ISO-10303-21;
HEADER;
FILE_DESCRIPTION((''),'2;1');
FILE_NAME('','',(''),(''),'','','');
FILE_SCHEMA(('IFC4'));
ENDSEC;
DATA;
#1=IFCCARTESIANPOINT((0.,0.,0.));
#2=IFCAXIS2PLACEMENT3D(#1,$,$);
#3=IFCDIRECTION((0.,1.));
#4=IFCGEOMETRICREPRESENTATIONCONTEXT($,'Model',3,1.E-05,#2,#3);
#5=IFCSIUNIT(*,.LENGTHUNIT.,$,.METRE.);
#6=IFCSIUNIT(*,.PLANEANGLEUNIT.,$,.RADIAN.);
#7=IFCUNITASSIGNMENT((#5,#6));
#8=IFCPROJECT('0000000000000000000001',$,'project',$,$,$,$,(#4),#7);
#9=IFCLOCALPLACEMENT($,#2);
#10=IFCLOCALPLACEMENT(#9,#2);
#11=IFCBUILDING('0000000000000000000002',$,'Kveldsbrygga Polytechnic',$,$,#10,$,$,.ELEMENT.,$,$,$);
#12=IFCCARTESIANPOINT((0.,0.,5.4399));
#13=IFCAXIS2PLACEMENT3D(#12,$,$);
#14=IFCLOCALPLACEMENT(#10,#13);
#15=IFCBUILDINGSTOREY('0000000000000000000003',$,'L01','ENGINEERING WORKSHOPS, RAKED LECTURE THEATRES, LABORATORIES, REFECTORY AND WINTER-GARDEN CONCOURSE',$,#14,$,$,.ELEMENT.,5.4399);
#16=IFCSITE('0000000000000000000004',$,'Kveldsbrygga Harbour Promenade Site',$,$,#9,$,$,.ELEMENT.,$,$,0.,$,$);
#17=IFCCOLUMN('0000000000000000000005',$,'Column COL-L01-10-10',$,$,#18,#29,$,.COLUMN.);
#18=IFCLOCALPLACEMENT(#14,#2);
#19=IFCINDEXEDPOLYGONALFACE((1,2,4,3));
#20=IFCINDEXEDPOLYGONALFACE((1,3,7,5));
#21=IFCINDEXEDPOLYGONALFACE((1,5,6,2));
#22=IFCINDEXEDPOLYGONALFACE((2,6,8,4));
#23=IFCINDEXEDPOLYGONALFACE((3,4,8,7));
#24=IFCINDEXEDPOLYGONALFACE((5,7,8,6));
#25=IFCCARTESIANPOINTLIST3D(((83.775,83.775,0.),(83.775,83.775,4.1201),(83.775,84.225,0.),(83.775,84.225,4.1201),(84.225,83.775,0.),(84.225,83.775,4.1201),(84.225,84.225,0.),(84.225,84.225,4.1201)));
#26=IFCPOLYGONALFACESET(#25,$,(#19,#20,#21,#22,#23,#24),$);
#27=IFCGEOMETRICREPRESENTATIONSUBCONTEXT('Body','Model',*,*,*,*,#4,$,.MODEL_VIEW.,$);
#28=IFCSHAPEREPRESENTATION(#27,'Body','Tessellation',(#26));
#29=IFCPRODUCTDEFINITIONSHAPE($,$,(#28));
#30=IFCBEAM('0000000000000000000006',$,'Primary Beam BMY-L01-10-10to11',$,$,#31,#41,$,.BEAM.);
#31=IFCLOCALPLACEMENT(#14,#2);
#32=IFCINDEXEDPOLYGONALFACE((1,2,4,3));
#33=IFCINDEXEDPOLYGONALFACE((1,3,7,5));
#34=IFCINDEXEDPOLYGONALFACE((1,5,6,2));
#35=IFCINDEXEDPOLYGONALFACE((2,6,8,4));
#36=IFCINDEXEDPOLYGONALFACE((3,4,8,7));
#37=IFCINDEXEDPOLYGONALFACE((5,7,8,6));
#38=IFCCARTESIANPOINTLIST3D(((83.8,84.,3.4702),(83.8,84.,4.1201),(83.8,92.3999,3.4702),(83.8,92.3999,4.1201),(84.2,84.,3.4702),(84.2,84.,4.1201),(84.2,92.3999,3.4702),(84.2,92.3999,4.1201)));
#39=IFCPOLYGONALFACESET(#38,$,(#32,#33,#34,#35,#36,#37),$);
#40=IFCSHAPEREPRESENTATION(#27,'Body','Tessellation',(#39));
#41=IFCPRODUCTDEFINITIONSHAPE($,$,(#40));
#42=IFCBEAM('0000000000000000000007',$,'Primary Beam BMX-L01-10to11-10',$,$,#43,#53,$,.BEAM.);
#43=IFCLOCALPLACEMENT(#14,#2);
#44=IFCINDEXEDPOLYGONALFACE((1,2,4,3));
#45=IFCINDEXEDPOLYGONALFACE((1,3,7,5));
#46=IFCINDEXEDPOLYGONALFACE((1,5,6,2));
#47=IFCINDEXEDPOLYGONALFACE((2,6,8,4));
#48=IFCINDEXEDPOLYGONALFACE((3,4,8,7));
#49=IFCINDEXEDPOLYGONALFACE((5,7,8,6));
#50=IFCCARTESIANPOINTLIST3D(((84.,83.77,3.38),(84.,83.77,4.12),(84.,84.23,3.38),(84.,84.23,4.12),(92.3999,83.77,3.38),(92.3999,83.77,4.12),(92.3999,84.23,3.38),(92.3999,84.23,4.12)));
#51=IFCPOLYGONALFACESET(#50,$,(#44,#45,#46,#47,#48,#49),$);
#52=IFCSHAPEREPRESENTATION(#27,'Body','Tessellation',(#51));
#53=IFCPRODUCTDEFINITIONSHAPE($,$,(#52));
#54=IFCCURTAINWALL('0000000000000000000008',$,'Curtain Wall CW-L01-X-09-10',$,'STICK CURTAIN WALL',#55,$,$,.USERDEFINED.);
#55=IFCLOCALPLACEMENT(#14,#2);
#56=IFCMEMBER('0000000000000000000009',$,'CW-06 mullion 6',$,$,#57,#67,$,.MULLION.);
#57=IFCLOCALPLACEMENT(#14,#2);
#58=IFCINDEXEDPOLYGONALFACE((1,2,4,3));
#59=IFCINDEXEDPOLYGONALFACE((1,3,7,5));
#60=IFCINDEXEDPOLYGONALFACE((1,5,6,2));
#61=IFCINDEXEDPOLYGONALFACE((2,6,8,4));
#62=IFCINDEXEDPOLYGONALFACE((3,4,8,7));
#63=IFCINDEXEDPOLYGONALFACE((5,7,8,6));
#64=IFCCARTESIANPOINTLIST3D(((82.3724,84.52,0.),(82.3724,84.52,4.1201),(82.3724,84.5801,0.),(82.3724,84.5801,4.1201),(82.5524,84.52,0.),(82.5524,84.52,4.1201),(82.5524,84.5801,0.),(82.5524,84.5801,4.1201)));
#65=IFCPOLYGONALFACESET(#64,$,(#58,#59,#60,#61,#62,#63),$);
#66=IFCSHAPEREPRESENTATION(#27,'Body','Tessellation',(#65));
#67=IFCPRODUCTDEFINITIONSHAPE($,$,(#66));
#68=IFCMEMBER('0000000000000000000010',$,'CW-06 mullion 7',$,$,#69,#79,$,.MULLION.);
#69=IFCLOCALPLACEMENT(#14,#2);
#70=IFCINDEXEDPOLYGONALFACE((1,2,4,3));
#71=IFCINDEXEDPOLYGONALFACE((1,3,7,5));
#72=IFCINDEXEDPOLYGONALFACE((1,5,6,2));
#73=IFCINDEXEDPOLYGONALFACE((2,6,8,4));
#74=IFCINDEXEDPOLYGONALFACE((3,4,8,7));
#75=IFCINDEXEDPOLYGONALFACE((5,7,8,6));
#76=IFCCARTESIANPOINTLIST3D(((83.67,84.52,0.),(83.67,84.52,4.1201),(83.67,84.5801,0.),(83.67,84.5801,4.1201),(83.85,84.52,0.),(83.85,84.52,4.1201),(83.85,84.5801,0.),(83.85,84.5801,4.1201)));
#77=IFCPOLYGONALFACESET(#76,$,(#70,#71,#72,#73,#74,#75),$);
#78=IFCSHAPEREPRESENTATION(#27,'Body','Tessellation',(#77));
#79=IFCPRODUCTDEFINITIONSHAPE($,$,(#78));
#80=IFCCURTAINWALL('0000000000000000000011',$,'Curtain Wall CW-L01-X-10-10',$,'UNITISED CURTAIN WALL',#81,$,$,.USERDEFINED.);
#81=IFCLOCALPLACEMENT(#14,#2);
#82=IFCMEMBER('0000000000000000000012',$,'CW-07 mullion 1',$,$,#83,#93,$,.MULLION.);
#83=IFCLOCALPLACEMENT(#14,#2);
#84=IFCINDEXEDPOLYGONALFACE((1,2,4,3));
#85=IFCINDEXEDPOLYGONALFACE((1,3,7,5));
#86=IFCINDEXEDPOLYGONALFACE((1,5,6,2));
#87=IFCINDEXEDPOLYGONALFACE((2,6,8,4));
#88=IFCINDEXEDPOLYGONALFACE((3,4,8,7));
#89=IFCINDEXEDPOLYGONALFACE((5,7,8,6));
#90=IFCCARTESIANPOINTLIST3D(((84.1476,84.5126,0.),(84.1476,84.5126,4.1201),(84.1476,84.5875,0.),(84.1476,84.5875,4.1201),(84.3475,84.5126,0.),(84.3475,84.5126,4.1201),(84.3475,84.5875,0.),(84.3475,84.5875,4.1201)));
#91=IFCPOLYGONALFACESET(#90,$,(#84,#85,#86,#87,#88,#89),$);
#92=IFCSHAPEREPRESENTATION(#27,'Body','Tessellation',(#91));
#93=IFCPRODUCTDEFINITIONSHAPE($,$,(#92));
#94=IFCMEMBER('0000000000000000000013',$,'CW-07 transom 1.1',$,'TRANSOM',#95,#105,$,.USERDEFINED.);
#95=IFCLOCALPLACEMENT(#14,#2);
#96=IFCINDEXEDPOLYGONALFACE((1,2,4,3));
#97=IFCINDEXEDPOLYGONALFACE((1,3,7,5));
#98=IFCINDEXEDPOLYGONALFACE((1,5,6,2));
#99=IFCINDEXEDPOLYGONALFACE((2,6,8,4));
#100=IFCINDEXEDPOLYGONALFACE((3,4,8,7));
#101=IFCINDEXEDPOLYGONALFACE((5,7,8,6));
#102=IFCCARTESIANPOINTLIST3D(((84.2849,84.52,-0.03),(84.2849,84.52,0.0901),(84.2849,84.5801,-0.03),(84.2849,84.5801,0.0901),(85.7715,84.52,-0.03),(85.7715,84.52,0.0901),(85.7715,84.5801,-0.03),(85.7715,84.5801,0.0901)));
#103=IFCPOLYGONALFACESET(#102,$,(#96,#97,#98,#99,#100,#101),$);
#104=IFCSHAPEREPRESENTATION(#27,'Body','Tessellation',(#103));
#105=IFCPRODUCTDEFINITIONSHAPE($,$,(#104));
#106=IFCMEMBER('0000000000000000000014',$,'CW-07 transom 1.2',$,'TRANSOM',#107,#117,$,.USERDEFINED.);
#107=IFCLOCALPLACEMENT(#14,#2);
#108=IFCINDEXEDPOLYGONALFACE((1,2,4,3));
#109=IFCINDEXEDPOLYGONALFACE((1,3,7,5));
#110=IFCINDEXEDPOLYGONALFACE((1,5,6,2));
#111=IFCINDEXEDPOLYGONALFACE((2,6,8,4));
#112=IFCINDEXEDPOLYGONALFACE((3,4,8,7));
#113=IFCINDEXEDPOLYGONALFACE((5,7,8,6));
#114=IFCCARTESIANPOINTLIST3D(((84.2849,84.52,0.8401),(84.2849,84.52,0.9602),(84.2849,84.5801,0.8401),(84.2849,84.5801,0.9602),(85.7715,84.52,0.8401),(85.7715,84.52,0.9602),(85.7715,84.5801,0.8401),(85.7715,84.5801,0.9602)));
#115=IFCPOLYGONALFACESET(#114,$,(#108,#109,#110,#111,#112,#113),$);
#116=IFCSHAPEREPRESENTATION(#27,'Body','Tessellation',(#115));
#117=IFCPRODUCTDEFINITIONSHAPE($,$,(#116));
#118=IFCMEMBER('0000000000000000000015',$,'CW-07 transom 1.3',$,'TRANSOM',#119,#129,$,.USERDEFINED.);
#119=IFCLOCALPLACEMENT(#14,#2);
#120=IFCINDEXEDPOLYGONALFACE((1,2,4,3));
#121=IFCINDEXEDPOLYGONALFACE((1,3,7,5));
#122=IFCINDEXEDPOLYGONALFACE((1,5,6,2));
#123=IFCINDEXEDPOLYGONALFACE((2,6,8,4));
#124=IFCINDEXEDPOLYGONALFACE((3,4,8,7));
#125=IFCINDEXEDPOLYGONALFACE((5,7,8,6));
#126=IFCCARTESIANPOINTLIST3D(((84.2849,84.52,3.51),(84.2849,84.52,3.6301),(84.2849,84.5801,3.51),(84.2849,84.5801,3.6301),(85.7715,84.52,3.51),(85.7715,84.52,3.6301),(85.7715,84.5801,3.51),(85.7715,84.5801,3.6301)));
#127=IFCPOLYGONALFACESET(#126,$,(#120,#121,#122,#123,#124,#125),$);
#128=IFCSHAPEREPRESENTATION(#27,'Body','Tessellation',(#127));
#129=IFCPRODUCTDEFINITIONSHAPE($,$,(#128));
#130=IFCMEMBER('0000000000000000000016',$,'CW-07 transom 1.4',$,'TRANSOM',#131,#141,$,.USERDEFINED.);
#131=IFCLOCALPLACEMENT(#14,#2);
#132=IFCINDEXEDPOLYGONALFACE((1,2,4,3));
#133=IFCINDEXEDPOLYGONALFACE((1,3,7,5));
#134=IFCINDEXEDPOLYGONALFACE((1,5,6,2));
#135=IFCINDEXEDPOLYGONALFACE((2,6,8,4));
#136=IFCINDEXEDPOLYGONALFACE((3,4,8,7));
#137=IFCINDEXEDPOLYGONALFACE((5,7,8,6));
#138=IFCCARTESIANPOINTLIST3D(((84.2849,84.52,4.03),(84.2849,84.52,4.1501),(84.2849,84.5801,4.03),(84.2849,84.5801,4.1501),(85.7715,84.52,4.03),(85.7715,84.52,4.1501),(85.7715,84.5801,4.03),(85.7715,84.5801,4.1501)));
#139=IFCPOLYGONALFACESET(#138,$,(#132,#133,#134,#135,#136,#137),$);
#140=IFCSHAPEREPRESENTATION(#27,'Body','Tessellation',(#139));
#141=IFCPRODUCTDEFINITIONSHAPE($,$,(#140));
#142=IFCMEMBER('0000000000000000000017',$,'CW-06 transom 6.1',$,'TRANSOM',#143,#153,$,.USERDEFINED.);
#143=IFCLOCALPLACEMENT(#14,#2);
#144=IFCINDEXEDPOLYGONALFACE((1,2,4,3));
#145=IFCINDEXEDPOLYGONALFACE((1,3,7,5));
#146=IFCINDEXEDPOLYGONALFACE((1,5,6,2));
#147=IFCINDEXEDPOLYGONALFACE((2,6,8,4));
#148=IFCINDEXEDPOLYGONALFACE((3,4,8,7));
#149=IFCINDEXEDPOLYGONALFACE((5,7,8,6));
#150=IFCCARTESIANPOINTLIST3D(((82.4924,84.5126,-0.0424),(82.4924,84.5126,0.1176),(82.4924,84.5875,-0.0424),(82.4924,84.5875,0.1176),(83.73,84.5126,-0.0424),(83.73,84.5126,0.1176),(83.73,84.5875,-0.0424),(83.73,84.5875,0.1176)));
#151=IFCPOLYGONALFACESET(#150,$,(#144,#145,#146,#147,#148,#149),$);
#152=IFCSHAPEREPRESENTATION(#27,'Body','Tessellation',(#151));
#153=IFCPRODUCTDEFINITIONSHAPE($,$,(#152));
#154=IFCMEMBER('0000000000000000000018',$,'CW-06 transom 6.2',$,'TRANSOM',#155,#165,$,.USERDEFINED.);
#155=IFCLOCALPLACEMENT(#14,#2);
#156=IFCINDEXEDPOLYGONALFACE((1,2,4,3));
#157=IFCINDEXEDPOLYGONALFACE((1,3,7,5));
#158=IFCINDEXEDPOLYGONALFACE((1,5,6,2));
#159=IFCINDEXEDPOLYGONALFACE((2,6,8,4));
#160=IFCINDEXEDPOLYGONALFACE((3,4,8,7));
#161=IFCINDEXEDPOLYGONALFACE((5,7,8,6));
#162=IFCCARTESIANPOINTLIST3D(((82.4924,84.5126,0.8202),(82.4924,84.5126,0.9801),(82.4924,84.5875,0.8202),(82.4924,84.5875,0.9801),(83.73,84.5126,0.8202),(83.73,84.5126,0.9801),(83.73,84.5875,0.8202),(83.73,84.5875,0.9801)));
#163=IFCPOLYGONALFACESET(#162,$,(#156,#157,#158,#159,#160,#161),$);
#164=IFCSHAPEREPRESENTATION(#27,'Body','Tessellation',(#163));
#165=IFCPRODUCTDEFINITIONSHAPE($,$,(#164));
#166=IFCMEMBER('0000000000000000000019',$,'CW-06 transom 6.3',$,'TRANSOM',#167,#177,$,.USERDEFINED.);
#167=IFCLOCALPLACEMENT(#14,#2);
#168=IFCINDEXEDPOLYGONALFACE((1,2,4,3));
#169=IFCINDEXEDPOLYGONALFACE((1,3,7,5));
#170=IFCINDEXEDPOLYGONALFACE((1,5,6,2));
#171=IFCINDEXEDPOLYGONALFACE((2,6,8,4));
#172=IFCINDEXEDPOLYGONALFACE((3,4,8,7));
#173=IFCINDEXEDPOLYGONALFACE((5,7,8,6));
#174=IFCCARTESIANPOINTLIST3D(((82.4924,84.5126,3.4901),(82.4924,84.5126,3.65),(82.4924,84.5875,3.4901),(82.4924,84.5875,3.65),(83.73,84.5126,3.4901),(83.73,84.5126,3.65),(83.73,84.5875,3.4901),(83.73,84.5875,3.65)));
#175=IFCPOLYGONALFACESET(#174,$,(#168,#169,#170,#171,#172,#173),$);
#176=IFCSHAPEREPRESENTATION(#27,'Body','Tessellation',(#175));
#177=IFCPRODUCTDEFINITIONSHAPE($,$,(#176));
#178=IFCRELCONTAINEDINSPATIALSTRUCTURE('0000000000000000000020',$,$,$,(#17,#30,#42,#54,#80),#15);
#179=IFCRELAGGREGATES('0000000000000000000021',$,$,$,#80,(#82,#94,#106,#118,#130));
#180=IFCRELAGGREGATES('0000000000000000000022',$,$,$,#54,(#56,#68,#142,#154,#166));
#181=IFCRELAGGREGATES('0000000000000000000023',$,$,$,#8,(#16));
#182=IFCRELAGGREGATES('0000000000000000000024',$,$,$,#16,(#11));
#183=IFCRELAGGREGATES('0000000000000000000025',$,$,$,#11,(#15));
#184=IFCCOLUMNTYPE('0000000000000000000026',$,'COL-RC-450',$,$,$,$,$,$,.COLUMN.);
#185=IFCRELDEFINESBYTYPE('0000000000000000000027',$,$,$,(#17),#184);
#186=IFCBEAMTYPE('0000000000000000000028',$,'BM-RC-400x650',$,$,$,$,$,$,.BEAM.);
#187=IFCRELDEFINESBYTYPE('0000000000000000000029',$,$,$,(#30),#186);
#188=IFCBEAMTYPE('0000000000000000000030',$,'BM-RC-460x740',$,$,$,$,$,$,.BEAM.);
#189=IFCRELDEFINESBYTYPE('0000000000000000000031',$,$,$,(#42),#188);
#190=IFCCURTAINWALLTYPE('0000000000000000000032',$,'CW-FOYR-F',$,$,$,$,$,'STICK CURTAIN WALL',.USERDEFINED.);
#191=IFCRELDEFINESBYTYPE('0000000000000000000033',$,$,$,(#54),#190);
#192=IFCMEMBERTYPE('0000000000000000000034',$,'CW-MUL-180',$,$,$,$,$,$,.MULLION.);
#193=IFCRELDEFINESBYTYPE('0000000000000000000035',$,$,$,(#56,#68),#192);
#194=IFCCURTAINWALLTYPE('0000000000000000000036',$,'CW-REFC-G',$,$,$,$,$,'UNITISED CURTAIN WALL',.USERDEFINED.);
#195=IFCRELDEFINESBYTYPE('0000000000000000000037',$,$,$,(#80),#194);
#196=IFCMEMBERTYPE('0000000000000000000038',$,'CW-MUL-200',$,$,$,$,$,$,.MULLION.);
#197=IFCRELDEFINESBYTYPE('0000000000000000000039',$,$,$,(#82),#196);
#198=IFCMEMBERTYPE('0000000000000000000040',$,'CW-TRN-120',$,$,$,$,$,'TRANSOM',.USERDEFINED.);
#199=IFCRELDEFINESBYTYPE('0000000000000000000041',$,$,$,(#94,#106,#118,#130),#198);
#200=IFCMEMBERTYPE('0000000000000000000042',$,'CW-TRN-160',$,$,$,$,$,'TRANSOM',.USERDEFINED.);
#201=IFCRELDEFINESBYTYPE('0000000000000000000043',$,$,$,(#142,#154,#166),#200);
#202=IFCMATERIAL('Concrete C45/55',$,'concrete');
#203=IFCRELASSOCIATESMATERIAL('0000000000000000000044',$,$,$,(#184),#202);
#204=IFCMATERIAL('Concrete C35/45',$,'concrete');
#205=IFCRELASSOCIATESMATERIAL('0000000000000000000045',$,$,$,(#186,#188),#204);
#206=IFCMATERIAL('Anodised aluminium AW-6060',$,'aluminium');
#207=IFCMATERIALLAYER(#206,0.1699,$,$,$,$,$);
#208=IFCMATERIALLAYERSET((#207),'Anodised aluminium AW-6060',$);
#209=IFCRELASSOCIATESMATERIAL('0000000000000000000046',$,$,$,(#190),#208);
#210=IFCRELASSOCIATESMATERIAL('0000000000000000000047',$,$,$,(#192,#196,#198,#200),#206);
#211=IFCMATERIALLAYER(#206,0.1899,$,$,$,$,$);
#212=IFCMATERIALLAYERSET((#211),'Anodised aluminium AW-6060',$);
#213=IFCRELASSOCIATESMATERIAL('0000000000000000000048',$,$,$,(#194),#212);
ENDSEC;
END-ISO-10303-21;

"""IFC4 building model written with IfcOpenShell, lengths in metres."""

from ifc_helpers import new_model, si_unit, direction, frame, origin, origin_2d, place, context, subcontext, project, spatial, rectangle, extrude, material, layer, layer_set, material_profile, profile_set, type_object, element, aggregate, save


model = new_model("IFC4")

# Units and contexts
model_context = context("Model", 3, precision=1e-05, world=origin(), true_north=direction((0.0, 1.0)))
body_context = subcontext(model_context, "Body", "Model", "MODEL_VIEW")
ifc_project = project(units=[si_unit("LENGTHUNIT", "METRE"), si_unit("PLANEANGLEUNIT", "RADIAN")], contexts=[model_context])

# Site, building, storey
site_placement = place(None, origin())
site = spatial("IfcSite", under=ifc_project, at=site_placement, Name="Kveldsbrygga Harbour Promenade Site", CompositionType="ELEMENT", RefElevation=0.0)
building_placement = place(site_placement, origin())
building = spatial("IfcBuilding", under=site, at=building_placement, Name="Kveldsbrygga Polytechnic", CompositionType="ELEMENT")
storey_placement = place(building_placement, frame((0.0, 0.0, 5.4399)))
storey = spatial("IfcBuildingStorey", under=building, at=storey_placement, Name="L01", Description="ENGINEERING WORKSHOPS, RAKED LECTURE THEATRES, LABORATORIES, REFECTORY AND WINTER-GARDEN CONCOURSE", CompositionType="ELEMENT", Elevation=5.4399)

# Column
ifc_material_1 = material(Name="Concrete C45/55", Category="concrete")
ifc_material_profile_1 = material_profile(ifc_material_1, rectangle(XDim=0.45, YDim=0.45, at=origin_2d()), Name="RC 450x450")
ifc_profile_set_1 = profile_set([ifc_material_profile_1], Name="Concrete C45/55")
column_type = type_object("IfcColumnType", Name="COL-RC-450", PredefinedType="COLUMN", material=ifc_profile_set_1)
column_placement = place(storey_placement, frame((84.0, 84.0, 0.0), z_axis=(0.0, 0.0, 1.0), x_axis=(1.0, 0.0, 0.0)))
element("IfcColumn", 1, at=column_placement, inside=storey, type_object=column_type, Name="Column COL-L01-10-10", PredefinedType="COLUMN", context=body_context, shape_type="SweptSolid", body=[
    extrude(rectangle(XDim=0.45, YDim=0.45, at=origin_2d()), origin(), (0.0, 0.0, 1.0), 4.1201),
])

# Beams
ifc_material_2 = material(Name="Concrete C35/45", Category="concrete")
ifc_material_profile_2 = material_profile(ifc_material_2, rectangle(XDim=0.3999, YDim=0.6499, at=origin_2d()), Name="RC 400x650")
ifc_profile_set_2 = profile_set([ifc_material_profile_2], Name="Concrete C35/45")
beam_type_1 = type_object("IfcBeamType", Name="BM-RC-400x650", PredefinedType="BEAM", material=ifc_profile_set_2)
beam_1_placement = place(storey_placement, frame((84.0, 84.0, 3.7952), z_axis=(0.0, 1.0, 0.0), x_axis=(-1.0, 0.0, 0.0)))
element("IfcBeam", 2, at=beam_1_placement, inside=storey, type_object=beam_type_1, Name="Primary Beam BMY-L01-10-10to11", PredefinedType="BEAM", context=body_context, shape_type="SweptSolid", body=[
    extrude(rectangle(XDim=0.3999, YDim=0.6499, at=origin_2d()), origin(), (0.0, 0.0, 1.0), 8.3999),
])
ifc_material_profile_3 = material_profile(ifc_material_2, rectangle(XDim=0.46, YDim=0.74, at=origin_2d()), Name="RC 460x740")
ifc_profile_set_3 = profile_set([ifc_material_profile_3], Name="Concrete C35/45")
beam_type_2 = type_object("IfcBeamType", Name="BM-RC-460x740", PredefinedType="BEAM", material=ifc_profile_set_3)
beam_2_placement = place(storey_placement, frame((84.0, 84.0, 3.75), z_axis=(1.0, 0.0, 0.0), x_axis=(0.0, 1.0, 0.0)))
element("IfcBeam", 3, at=beam_2_placement, inside=storey, type_object=beam_type_2, Name="Primary Beam BMX-L01-10to11-10", PredefinedType="BEAM", context=body_context, shape_type="SweptSolid", body=[
    extrude(rectangle(XDim=0.46, YDim=0.74, at=origin_2d()), origin(), (0.0, 0.0, 1.0), 8.3999),
])

# Curtain walls, members
ifc_material_3 = material(Name="Anodised aluminium AW-6060", Category="aluminium")
ifc_layer_1 = layer(ifc_material_3, 0.1699)
ifc_layer_set_1 = layer_set([ifc_layer_1], Name="Anodised aluminium AW-6060")
curtain_wall_type_1 = type_object("IfcCurtainWallType", Name="CW-FOYR-F", ElementType="STICK CURTAIN WALL", PredefinedType="USERDEFINED", material=ifc_layer_set_1)
curtain_wall_1_placement = place(storey_placement, origin())
curtain_wall_1 = element("IfcCurtainWall", 4, at=curtain_wall_1_placement, inside=storey, type_object=curtain_wall_type_1, Name="Curtain Wall CW-L01-X-09-10", ObjectType="STICK CURTAIN WALL", PredefinedType="USERDEFINED")
ifc_material_profile_4 = material_profile(ifc_material_3, rectangle(XDim=0.0601, YDim=0.1799, at=origin_2d()), Name="ALU 60x180")
ifc_profile_set_4 = profile_set([ifc_material_profile_4], Name="Anodised aluminium AW-6060")
member_type_1 = type_object("IfcMemberType", Name="CW-MUL-180", PredefinedType="MULLION", material=ifc_profile_set_4)
member_1_placement = place(storey_placement, frame((82.4624, 84.55, 0.0), z_axis=(0.0, 0.0, 1.0), x_axis=(0.0, 1.0, 0.0)))
member_1 = element("IfcMember", 5, at=member_1_placement, type_object=member_type_1, Name="CW-06 mullion 6", PredefinedType="MULLION", context=body_context, shape_type="SweptSolid", body=[
    extrude(rectangle(XDim=0.0601, YDim=0.1799, at=origin_2d()), origin(), (0.0, 0.0, 1.0), 4.1201),
])
member_2_placement = place(storey_placement, frame((83.76, 84.55, 0.0), z_axis=(0.0, 0.0, 1.0), x_axis=(0.0, 1.0, 0.0)))
member_2 = element("IfcMember", 6, at=member_2_placement, type_object=member_type_1, Name="CW-06 mullion 7", PredefinedType="MULLION", context=body_context, shape_type="SweptSolid", body=[
    extrude(rectangle(XDim=0.0601, YDim=0.1799, at=origin_2d()), origin(), (0.0, 0.0, 1.0), 4.1201),
])
ifc_layer_2 = layer(ifc_material_3, 0.1899)
ifc_layer_set_2 = layer_set([ifc_layer_2], Name="Anodised aluminium AW-6060")
curtain_wall_type_2 = type_object("IfcCurtainWallType", Name="CW-REFC-G", ElementType="UNITISED CURTAIN WALL", PredefinedType="USERDEFINED", material=ifc_layer_set_2)
curtain_wall_2_placement = place(storey_placement, origin())
curtain_wall_2 = element("IfcCurtainWall", 7, at=curtain_wall_2_placement, inside=storey, type_object=curtain_wall_type_2, Name="Curtain Wall CW-L01-X-10-10", ObjectType="UNITISED CURTAIN WALL", PredefinedType="USERDEFINED")
ifc_material_profile_5 = material_profile(ifc_material_3, rectangle(XDim=0.075, YDim=0.2, at=origin_2d()), Name="ALU 75x200")
ifc_profile_set_5 = profile_set([ifc_material_profile_5], Name="Anodised aluminium AW-6060")
member_type_2 = type_object("IfcMemberType", Name="CW-MUL-200", PredefinedType="MULLION", material=ifc_profile_set_5)
member_3_placement = place(storey_placement, frame((84.2476, 84.55, 0.0), z_axis=(0.0, 0.0, 1.0), x_axis=(0.0, 1.0, 0.0)))
member_3 = element("IfcMember", 8, at=member_3_placement, type_object=member_type_2, Name="CW-07 mullion 1", PredefinedType="MULLION", context=body_context, shape_type="SweptSolid", body=[
    extrude(rectangle(XDim=0.075, YDim=0.2, at=origin_2d()), origin(), (0.0, 0.0, 1.0), 4.1201),
])
ifc_material_profile_6 = material_profile(ifc_material_3, rectangle(XDim=0.0601, YDim=0.1201, at=origin_2d()), Name="ALU 60x120")
ifc_profile_set_6 = profile_set([ifc_material_profile_6], Name="Anodised aluminium AW-6060")
member_type_3 = type_object("IfcMemberType", Name="CW-TRN-120", ElementType="TRANSOM", PredefinedType="USERDEFINED", material=ifc_profile_set_6)
member_4_placement = place(storey_placement, frame((84.2849, 84.55, 0.03), z_axis=(1.0, 0.0, 0.0), x_axis=(0.0, 1.0, 0.0)))
member_4 = element("IfcMember", 9, at=member_4_placement, type_object=member_type_3, Name="CW-07 transom 1.1", ObjectType="TRANSOM", PredefinedType="USERDEFINED", context=body_context, shape_type="SweptSolid", body=[
    extrude(rectangle(XDim=0.0601, YDim=0.1201, at=origin_2d()), origin(), (0.0, 0.0, 1.0), 1.4866),
])
member_5_placement = place(storey_placement, frame((84.2849, 84.55, 0.9001), z_axis=(1.0, 0.0, 0.0), x_axis=(0.0, 1.0, 0.0)))
member_5 = element("IfcMember", 10, at=member_5_placement, type_object=member_type_3, Name="CW-07 transom 1.2", ObjectType="TRANSOM", PredefinedType="USERDEFINED", context=body_context, shape_type="SweptSolid", body=[
    extrude(rectangle(XDim=0.0601, YDim=0.1201, at=origin_2d()), origin(), (0.0, 0.0, 1.0), 1.4866),
])
member_6_placement = place(storey_placement, frame((84.2849, 84.55, 3.5701), z_axis=(1.0, 0.0, 0.0), x_axis=(0.0, 1.0, 0.0)))
member_6 = element("IfcMember", 11, at=member_6_placement, type_object=member_type_3, Name="CW-07 transom 1.3", ObjectType="TRANSOM", PredefinedType="USERDEFINED", context=body_context, shape_type="SweptSolid", body=[
    extrude(rectangle(XDim=0.0601, YDim=0.1201, at=origin_2d()), origin(), (0.0, 0.0, 1.0), 1.4866),
])
member_7_placement = place(storey_placement, frame((84.2849, 84.55, 4.0901), z_axis=(1.0, 0.0, 0.0), x_axis=(0.0, 1.0, 0.0)))
member_7 = element("IfcMember", 12, at=member_7_placement, type_object=member_type_3, Name="CW-07 transom 1.4", ObjectType="TRANSOM", PredefinedType="USERDEFINED", context=body_context, shape_type="SweptSolid", body=[
    extrude(rectangle(XDim=0.0601, YDim=0.1201, at=origin_2d()), origin(), (0.0, 0.0, 1.0), 1.4866),
])

# Members
ifc_material_profile_7 = material_profile(ifc_material_3, rectangle(XDim=0.075, YDim=0.1599, at=origin_2d()), Name="ALU 75x160")
ifc_profile_set_7 = profile_set([ifc_material_profile_7], Name="Anodised aluminium AW-6060")
member_type_4 = type_object("IfcMemberType", Name="CW-TRN-160", ElementType="TRANSOM", PredefinedType="USERDEFINED", material=ifc_profile_set_7)
member_8_placement = place(storey_placement, frame((82.4924, 84.55, 0.0376), z_axis=(1.0, 0.0, 0.0), x_axis=(0.0, 1.0, 0.0)))
member_8 = element("IfcMember", 13, at=member_8_placement, type_object=member_type_4, Name="CW-06 transom 6.1", ObjectType="TRANSOM", PredefinedType="USERDEFINED", context=body_context, shape_type="SweptSolid", body=[
    extrude(rectangle(XDim=0.075, YDim=0.1599, at=origin_2d()), origin(), (0.0, 0.0, 1.0), 1.2375),
])
member_9_placement = place(storey_placement, frame((82.4924, 84.55, 0.9001), z_axis=(1.0, 0.0, 0.0), x_axis=(0.0, 1.0, 0.0)))
member_9 = element("IfcMember", 14, at=member_9_placement, type_object=member_type_4, Name="CW-06 transom 6.2", ObjectType="TRANSOM", PredefinedType="USERDEFINED", context=body_context, shape_type="SweptSolid", body=[
    extrude(rectangle(XDim=0.075, YDim=0.1599, at=origin_2d()), origin(), (0.0, 0.0, 1.0), 1.2375),
])
member_10_placement = place(storey_placement, frame((82.4924, 84.55, 3.5701), z_axis=(1.0, 0.0, 0.0), x_axis=(0.0, 1.0, 0.0)))
member_10 = element("IfcMember", 15, at=member_10_placement, type_object=member_type_4, Name="CW-06 transom 6.3", ObjectType="TRANSOM", PredefinedType="USERDEFINED", context=body_context, shape_type="SweptSolid", body=[
    extrude(rectangle(XDim=0.075, YDim=0.1599, at=origin_2d()), origin(), (0.0, 0.0, 1.0), 1.2375),
])

aggregate(curtain_wall_2, [member_3, member_4, member_5, member_6, member_7])
aggregate(curtain_wall_1, [member_1, member_2, member_8, member_9, member_10])

save(model, "model.ifc")
